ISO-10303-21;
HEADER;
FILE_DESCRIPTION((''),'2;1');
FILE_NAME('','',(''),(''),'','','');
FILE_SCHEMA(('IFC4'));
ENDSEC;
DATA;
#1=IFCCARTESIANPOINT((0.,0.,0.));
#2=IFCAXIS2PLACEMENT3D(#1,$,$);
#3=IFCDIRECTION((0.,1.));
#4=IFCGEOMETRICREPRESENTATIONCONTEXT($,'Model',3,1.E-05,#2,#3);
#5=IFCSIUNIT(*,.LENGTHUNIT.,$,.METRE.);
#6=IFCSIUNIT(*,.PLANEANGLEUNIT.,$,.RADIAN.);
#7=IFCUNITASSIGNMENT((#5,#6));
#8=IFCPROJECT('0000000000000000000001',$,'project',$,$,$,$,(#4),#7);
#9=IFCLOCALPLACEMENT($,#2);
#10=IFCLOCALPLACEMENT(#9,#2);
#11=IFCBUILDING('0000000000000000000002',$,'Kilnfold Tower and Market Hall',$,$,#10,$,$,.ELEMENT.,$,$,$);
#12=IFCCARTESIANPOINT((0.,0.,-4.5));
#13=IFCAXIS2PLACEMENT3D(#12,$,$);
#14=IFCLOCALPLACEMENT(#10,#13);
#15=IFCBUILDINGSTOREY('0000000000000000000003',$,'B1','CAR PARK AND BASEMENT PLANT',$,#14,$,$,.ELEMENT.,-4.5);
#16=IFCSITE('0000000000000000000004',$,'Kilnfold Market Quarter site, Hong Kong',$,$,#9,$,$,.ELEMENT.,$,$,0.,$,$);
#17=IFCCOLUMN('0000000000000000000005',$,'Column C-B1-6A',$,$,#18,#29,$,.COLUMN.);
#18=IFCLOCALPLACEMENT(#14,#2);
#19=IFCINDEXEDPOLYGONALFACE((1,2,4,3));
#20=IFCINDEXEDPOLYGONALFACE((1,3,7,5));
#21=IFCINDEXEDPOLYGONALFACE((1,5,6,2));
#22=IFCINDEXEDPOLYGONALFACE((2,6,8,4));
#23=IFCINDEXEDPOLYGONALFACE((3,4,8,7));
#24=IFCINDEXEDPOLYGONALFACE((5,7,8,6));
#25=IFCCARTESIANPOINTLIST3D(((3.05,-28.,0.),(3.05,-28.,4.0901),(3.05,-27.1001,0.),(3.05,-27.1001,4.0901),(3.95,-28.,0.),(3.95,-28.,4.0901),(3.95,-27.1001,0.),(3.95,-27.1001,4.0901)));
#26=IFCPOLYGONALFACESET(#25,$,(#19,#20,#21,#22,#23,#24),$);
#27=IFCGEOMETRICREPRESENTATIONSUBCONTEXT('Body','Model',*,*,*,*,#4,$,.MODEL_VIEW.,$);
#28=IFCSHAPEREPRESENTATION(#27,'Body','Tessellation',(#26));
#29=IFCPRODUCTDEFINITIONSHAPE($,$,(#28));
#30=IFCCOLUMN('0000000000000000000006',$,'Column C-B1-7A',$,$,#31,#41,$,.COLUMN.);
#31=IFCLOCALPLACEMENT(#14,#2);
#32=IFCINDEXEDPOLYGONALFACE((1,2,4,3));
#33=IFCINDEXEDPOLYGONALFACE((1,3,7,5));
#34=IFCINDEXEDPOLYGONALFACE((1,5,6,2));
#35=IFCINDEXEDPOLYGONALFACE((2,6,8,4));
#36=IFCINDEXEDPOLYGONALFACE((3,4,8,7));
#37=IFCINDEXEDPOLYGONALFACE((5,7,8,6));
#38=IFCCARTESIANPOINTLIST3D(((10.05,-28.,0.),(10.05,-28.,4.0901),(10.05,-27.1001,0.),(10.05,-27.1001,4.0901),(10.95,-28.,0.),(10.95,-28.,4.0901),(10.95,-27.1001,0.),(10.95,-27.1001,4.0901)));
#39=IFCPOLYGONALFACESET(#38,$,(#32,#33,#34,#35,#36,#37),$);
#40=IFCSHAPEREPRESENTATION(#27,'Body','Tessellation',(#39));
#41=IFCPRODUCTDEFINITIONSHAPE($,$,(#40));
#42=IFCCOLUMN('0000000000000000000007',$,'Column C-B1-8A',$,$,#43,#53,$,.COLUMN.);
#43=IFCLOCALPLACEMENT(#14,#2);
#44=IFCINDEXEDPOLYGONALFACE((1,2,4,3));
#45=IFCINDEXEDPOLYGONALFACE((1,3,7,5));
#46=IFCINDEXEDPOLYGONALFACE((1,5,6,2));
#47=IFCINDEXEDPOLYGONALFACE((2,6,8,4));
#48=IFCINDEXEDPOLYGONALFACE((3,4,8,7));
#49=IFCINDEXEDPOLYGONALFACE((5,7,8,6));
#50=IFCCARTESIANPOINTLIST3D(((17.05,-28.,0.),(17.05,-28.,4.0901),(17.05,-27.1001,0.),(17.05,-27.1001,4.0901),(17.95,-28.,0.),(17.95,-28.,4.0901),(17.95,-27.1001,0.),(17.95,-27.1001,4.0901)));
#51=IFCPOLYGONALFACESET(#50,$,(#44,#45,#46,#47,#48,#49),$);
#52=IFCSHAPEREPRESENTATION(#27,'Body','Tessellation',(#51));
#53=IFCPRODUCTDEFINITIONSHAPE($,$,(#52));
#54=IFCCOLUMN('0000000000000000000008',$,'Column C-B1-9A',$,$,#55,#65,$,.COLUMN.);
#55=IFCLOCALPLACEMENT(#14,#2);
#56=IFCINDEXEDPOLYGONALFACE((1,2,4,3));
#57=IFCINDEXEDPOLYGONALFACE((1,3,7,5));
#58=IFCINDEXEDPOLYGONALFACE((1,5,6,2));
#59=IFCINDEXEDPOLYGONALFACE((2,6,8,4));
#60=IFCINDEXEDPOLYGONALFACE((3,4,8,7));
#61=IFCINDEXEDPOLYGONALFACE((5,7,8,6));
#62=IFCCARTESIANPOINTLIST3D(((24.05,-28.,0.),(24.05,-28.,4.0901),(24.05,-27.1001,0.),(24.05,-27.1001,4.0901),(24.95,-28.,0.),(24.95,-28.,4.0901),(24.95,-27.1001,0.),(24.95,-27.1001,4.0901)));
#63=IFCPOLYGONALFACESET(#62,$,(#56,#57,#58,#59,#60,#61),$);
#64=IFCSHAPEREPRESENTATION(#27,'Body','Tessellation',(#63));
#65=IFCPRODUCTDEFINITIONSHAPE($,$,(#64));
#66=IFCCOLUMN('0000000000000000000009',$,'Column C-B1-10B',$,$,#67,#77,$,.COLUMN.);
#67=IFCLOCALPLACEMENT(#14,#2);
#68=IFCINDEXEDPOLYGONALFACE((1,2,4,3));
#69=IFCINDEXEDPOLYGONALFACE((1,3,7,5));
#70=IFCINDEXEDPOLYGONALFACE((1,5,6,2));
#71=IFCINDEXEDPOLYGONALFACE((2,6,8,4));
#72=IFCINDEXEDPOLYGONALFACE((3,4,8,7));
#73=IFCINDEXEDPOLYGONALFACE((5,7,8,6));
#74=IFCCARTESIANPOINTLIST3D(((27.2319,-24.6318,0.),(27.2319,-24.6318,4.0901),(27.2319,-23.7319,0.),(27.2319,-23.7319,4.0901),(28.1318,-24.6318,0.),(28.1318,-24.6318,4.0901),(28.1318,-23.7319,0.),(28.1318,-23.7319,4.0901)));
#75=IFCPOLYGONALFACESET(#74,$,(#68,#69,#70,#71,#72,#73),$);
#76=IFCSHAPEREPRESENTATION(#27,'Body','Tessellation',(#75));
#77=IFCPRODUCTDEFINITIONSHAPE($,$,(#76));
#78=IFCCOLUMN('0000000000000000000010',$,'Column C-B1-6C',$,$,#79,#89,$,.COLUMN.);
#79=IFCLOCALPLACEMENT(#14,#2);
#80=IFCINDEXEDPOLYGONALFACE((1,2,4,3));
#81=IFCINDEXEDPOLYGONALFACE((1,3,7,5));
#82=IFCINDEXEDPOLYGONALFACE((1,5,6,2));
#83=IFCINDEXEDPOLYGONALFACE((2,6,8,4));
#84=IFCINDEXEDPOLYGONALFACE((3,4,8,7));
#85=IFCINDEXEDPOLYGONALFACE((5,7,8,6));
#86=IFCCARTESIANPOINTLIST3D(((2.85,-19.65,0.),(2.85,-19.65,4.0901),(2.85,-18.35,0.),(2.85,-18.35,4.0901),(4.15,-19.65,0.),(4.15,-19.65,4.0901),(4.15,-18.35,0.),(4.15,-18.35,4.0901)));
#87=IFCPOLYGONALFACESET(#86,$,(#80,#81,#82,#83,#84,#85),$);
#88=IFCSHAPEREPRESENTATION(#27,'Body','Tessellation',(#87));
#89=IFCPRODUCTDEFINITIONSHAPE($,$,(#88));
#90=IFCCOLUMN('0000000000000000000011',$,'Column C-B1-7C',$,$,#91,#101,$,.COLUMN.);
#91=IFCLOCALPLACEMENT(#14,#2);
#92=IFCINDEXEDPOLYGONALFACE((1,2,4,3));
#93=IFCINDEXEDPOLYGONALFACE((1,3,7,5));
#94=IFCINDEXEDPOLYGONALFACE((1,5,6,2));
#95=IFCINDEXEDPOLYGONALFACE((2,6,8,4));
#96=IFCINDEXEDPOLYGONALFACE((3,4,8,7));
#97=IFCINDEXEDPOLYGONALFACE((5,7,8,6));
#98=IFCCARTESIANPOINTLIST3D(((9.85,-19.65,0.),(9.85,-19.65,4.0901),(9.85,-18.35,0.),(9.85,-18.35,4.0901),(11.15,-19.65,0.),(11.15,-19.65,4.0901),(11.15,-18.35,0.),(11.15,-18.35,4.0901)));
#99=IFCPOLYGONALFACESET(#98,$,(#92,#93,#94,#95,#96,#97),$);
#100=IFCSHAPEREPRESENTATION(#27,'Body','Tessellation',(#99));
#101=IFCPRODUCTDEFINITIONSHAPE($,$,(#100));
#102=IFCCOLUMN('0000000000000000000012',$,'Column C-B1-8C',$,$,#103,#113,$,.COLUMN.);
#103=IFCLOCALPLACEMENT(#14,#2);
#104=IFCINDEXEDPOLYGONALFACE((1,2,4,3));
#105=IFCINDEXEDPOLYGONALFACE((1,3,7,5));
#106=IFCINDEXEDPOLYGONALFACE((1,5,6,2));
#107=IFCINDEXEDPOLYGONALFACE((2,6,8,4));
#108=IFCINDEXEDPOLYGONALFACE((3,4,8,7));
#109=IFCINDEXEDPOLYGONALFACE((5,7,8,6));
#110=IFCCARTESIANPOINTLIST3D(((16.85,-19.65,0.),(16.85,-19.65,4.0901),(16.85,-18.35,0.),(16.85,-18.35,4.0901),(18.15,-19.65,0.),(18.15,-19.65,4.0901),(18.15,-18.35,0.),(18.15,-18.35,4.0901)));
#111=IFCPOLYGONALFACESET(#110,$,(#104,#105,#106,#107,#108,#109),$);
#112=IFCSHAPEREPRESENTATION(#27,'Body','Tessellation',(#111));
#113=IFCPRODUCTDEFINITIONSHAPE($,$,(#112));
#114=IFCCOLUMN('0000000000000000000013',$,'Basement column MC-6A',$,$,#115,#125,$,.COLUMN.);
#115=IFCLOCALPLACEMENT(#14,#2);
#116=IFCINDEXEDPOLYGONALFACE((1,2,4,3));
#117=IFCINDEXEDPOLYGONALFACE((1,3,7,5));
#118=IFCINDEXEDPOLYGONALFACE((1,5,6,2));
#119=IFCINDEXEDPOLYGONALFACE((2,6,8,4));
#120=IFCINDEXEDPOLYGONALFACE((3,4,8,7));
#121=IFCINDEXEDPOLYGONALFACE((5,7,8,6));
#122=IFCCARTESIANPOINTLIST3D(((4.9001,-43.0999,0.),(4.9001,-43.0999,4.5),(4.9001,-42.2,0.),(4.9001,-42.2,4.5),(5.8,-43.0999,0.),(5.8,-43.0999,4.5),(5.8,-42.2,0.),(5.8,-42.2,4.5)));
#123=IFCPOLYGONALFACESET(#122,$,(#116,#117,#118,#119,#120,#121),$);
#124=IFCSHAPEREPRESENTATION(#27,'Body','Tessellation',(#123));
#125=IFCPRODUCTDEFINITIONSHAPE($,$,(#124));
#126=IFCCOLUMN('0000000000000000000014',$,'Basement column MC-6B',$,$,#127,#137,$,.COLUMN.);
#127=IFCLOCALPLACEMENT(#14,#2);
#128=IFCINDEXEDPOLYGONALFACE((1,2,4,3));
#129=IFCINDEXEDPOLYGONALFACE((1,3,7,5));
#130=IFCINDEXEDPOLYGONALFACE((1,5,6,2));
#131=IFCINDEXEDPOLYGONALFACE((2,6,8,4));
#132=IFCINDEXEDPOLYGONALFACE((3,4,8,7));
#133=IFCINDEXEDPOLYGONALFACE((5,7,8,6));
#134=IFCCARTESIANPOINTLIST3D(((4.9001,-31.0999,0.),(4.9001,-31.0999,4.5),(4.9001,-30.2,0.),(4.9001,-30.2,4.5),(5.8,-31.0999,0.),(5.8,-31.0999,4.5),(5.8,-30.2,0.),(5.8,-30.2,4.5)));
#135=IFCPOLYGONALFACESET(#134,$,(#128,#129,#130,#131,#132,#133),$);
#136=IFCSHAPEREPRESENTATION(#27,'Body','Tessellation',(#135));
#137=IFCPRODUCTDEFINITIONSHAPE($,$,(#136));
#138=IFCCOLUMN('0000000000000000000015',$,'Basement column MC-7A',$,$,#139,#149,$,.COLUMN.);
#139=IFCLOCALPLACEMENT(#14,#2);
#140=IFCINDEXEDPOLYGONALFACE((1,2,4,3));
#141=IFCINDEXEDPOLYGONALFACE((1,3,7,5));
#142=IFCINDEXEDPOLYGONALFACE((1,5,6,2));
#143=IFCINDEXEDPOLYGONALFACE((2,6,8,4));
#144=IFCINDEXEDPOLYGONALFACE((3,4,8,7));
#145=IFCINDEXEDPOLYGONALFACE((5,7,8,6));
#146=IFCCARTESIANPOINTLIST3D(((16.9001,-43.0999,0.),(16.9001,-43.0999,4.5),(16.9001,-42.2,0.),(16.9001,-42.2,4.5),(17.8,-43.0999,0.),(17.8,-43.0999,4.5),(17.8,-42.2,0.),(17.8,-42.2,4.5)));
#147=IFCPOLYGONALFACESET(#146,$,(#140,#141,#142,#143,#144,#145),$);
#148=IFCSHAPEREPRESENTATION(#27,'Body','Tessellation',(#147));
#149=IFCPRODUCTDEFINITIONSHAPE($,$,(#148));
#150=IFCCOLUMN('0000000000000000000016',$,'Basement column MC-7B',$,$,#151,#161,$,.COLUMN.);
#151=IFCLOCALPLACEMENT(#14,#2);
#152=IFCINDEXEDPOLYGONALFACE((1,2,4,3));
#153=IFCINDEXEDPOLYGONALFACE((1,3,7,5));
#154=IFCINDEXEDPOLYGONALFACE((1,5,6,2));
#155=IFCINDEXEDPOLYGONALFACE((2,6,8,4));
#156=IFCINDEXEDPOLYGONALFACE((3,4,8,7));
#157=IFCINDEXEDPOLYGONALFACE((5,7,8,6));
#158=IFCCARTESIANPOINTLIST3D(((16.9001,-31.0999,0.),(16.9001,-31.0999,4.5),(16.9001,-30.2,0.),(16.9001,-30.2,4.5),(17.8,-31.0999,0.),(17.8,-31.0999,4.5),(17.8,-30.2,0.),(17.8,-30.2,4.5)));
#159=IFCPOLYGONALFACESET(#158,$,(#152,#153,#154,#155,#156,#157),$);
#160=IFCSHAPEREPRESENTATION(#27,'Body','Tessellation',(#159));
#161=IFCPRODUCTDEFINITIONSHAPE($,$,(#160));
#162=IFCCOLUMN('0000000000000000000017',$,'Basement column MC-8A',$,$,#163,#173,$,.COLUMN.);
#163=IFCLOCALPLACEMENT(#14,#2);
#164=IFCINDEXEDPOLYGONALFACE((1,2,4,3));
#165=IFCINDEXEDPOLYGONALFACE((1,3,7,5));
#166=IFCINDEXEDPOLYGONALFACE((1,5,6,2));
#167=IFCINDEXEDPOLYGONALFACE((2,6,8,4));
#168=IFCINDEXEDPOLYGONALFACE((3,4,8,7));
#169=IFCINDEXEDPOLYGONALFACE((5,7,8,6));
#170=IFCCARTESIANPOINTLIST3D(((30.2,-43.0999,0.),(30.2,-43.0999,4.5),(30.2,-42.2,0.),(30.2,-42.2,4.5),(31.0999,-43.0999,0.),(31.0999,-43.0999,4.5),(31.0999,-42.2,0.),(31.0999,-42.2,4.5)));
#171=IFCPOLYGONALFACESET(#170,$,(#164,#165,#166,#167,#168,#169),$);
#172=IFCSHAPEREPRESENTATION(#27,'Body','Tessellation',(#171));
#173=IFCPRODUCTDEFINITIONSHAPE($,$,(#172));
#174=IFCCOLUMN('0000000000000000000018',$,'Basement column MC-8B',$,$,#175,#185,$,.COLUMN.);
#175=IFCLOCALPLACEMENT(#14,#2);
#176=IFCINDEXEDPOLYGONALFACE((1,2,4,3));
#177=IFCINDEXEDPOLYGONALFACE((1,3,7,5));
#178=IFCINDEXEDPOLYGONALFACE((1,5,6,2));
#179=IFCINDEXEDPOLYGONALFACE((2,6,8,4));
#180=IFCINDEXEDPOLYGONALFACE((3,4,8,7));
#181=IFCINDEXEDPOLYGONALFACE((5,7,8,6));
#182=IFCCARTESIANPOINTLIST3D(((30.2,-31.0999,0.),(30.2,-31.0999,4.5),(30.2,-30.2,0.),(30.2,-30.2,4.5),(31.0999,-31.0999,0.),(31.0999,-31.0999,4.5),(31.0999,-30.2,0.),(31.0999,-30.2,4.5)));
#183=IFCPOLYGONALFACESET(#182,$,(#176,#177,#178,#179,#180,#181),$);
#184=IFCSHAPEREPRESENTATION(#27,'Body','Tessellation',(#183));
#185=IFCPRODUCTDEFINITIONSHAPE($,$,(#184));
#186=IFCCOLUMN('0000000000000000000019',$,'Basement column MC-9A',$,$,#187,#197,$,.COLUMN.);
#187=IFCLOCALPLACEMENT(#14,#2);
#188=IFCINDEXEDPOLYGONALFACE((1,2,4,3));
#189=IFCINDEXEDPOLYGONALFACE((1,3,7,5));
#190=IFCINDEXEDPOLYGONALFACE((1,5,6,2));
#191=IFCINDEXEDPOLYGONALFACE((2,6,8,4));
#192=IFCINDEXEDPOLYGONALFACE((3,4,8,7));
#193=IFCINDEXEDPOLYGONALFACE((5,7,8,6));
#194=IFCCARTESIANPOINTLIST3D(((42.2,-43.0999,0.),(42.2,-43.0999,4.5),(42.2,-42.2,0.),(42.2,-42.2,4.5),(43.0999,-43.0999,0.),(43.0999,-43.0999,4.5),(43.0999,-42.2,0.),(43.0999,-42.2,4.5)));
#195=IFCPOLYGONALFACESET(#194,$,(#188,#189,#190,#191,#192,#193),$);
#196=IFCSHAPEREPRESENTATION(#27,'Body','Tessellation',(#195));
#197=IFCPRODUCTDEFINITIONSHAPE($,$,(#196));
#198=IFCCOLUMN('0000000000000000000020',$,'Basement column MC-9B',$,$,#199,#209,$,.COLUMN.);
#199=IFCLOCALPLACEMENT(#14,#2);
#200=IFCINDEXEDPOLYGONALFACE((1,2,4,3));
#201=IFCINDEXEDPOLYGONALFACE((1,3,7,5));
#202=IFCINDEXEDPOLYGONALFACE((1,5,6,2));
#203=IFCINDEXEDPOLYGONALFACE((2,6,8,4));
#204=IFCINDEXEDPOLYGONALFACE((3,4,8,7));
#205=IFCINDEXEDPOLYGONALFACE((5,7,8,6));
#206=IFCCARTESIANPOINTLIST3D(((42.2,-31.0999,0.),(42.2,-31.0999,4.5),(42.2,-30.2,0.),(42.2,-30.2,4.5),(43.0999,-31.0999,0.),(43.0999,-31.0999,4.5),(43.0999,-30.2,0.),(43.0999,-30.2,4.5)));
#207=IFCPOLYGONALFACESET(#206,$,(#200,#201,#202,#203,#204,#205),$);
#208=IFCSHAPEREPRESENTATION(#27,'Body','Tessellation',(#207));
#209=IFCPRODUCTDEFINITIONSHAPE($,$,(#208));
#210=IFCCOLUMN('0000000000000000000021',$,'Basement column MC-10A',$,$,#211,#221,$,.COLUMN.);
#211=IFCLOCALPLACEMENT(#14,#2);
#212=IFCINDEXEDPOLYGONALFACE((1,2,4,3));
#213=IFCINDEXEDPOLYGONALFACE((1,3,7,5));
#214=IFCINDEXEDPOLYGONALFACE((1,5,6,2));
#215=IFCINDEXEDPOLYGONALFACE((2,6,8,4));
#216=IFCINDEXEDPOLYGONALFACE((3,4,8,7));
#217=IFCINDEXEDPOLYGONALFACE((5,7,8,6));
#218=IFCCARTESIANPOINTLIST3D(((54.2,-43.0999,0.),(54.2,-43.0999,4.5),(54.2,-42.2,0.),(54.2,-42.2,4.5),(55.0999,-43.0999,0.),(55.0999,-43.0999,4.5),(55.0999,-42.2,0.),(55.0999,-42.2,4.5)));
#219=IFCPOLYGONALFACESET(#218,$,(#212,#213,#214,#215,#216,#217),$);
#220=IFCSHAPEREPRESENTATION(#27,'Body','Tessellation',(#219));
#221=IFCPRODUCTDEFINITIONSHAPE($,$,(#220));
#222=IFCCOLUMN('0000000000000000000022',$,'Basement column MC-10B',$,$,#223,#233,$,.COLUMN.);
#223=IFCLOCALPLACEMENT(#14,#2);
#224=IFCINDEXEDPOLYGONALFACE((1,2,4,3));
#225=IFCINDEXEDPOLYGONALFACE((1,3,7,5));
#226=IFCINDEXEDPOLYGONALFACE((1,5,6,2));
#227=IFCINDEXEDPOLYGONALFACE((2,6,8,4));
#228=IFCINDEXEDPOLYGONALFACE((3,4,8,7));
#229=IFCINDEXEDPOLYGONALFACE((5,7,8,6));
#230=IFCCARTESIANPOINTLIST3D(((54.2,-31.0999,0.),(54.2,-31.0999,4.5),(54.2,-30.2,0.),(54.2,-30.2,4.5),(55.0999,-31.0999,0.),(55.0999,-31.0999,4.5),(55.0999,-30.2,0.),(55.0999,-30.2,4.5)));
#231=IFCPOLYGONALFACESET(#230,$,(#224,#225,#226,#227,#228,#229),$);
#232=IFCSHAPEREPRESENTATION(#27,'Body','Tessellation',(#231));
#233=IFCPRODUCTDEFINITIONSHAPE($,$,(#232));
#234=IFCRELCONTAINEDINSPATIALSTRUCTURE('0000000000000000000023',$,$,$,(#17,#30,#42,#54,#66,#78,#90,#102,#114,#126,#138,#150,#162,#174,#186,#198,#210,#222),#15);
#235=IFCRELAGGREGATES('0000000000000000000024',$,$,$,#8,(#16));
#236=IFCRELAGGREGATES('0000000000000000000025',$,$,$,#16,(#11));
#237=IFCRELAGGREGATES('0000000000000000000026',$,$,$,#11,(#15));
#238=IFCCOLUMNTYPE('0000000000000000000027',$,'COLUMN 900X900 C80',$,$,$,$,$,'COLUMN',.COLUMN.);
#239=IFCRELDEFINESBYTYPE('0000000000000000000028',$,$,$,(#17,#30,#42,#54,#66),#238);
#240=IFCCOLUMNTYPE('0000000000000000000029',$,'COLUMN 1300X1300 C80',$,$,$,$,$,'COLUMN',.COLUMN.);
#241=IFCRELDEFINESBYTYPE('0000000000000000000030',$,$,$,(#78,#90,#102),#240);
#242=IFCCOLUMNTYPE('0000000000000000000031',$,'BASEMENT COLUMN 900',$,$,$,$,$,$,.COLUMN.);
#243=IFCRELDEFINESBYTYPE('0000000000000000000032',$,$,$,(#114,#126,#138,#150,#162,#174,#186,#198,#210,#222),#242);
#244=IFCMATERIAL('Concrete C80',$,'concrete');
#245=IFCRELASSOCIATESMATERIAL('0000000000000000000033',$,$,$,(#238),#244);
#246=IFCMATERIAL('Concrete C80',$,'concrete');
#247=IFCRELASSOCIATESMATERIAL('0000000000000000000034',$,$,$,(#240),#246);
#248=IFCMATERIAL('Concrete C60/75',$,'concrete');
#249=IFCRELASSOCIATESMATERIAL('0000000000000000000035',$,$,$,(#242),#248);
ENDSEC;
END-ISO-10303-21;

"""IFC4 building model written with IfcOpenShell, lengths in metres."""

from ifc_helpers import new_model, si_unit, direction, frame, origin, origin_2d, place, context, subcontext, project, spatial, rectangle, extrude, source, transform, mapped, material, material_profile, profile_set, type_object, element, save


model = new_model("IFC4")

# Units and contexts
model_context = context("Model", 3, precision=1e-05, world=origin(), true_north=direction((0.0, 1.0)))
body_context = subcontext(model_context, "Body", "Model", "MODEL_VIEW")
ifc_project = project(units=[si_unit("LENGTHUNIT", "METRE"), si_unit("PLANEANGLEUNIT", "RADIAN")], contexts=[model_context])

# Site, building, storey
site_placement = place(None, origin())
site = spatial("IfcSite", under=ifc_project, at=site_placement, Name="Kilnfold Market Quarter site, Hong Kong", CompositionType="ELEMENT", RefElevation=0.0)
building_placement = place(site_placement, origin())
building = spatial("IfcBuilding", under=site, at=building_placement, Name="Kilnfold Tower and Market Hall", CompositionType="ELEMENT")
storey_placement = place(building_placement, frame((0.0, 0.0, -4.5)))
storey = spatial("IfcBuildingStorey", under=building, at=storey_placement, Name="B1", Description="CAR PARK AND BASEMENT PLANT", CompositionType="ELEMENT", Elevation=-4.5)

# Columns
ifc_material_1 = material(Name="Concrete C80", Category="concrete")
ifc_material_profile_1 = material_profile(ifc_material_1, rectangle(XDim=0.8999, YDim=0.8999, at=origin_2d()), Name="RC 900x900")
ifc_profile_set_1 = profile_set([ifc_material_profile_1], Name="Concrete C80")
column_type_1 = type_object("IfcColumnType", Name="COLUMN 900X900 C80", ElementType="COLUMN", PredefinedType="COLUMN", material=ifc_profile_set_1)
shared_shape_1 = source(origin(), body_context, "Body", "SweptSolid", [
    extrude(rectangle(XDim=0.8999, YDim=0.8999, at=origin_2d()), origin(), (0.0, 0.0, 1.0), 4.0901),
])
for number, where, z_axis, x_axis, name in (
    (1, (3.5, -27.55, 0.0), (0.0, 0.0, 1.0), (1.0, 0.0, 0.0), "Column C-B1-6A"),
    (2, (10.5, -27.55, 0.0), (0.0, 0.0, 1.0), (1.0, 0.0, 0.0), "Column C-B1-7A"),
    (3, (17.5, -27.55, 0.0), (0.0, 0.0, 1.0), (1.0, 0.0, 0.0), "Column C-B1-8A"),
    (4, (24.5, -27.55, 0.0), (0.0, 0.0, 1.0), (1.0, 0.0, 0.0), "Column C-B1-9A"),
    (5, (27.6819, -24.1819, 0.0), (0.0, 0.0, 1.0), (1.0, 0.0, 0.0), "Column C-B1-10B"),
):
    element("IfcColumn", number, at=place(storey_placement, frame(where, z_axis=z_axis, x_axis=x_axis)), inside=storey, type_object=column_type_1, Name=name, PredefinedType="COLUMN", context=body_context, shape_type="MappedRepresentation", body=[
        mapped(shared_shape_1, transform((0.0, 0.0, 0.0))),
    ])
ifc_material_2 = material(Name="Concrete C80", Category="concrete")
ifc_material_profile_2 = material_profile(ifc_material_2, rectangle(XDim=1.3, YDim=1.3, at=origin_2d()), Name="RC 1300x1300")
ifc_profile_set_2 = profile_set([ifc_material_profile_2], Name="Concrete C80")
column_type_2 = type_object("IfcColumnType", Name="COLUMN 1300X1300 C80", ElementType="COLUMN", PredefinedType="COLUMN", material=ifc_profile_set_2)
shared_shape_2 = source(origin(), body_context, "Body", "SweptSolid", [
    extrude(rectangle(XDim=1.3, YDim=1.3, at=origin_2d()), origin(), (0.0, 0.0, 1.0), 4.0901),
])
for number, where, z_axis, x_axis, name in (
    (6, (3.5, -19.0, 0.0), (0.0, 0.0, 1.0), (1.0, 0.0, 0.0), "Column C-B1-6C"),
    (7, (10.5, -19.0, 0.0), (0.0, 0.0, 1.0), (1.0, 0.0, 0.0), "Column C-B1-7C"),
    (8, (17.5, -19.0, 0.0), (0.0, 0.0, 1.0), (1.0, 0.0, 0.0), "Column C-B1-8C"),
):
    element("IfcColumn", number, at=place(storey_placement, frame(where, z_axis=z_axis, x_axis=x_axis)), inside=storey, type_object=column_type_2, Name=name, PredefinedType="COLUMN", context=body_context, shape_type="MappedRepresentation", body=[
        mapped(shared_shape_2, transform((0.0, 0.0, 0.0))),
    ])
ifc_material_3 = material(Name="Concrete C60/75", Category="concrete")
ifc_material_profile_3 = material_profile(ifc_material_3, rectangle(XDim=0.8999, YDim=0.8999, at=origin_2d()), Name="RC 900x900")
ifc_profile_set_3 = profile_set([ifc_material_profile_3], Name="Concrete C60/75")
column_type_3 = type_object("IfcColumnType", Name="BASEMENT COLUMN 900", PredefinedType="COLUMN", material=ifc_profile_set_3)
shared_shape_3 = source(origin(), body_context, "Body", "SweptSolid", [
    extrude(rectangle(XDim=0.8999, YDim=0.8999, at=origin_2d()), origin(), (0.0, 0.0, 1.0), 4.5),
])
for number, where, z_axis, x_axis, name in (
    (9, (5.3501, -42.6499, 0.0), (0.0, 0.0, 1.0), (1.0, 0.0, 0.0), "Basement column MC-6A"),
    (10, (5.3501, -30.6499, 0.0), (0.0, 0.0, 1.0), (1.0, 0.0, 0.0), "Basement column MC-6B"),
    (11, (17.3501, -42.6499, 0.0), (0.0, 0.0, 1.0), (1.0, 0.0, 0.0), "Basement column MC-7A"),
    (12, (17.3501, -30.6499, 0.0), (0.0, 0.0, 1.0), (1.0, 0.0, 0.0), "Basement column MC-7B"),
    (13, (30.6499, -42.6499, 0.0), (0.0, 0.0, 1.0), (1.0, 0.0, 0.0), "Basement column MC-8A"),
    (14, (30.6499, -30.6499, 0.0), (0.0, 0.0, 1.0), (1.0, 0.0, 0.0), "Basement column MC-8B"),
    (15, (42.6499, -42.6499, 0.0), (0.0, 0.0, 1.0), (1.0, 0.0, 0.0), "Basement column MC-9A"),
    (16, (42.6499, -30.6499, 0.0), (0.0, 0.0, 1.0), (1.0, 0.0, 0.0), "Basement column MC-9B"),
    (17, (54.6499, -42.6499, 0.0), (0.0, 0.0, 1.0), (1.0, 0.0, 0.0), "Basement column MC-10A"),
    (18, (54.6499, -30.6499, 0.0), (0.0, 0.0, 1.0), (1.0, 0.0, 0.0), "Basement column MC-10B"),
):
    element("IfcColumn", number, at=place(storey_placement, frame(where, z_axis=z_axis, x_axis=x_axis)), inside=storey, type_object=column_type_3, Name=name, PredefinedType="COLUMN", context=body_context, shape_type="MappedRepresentation", body=[
        mapped(shared_shape_3, transform((0.0, 0.0, 0.0))),
    ])

save(model, "model.ifc")
